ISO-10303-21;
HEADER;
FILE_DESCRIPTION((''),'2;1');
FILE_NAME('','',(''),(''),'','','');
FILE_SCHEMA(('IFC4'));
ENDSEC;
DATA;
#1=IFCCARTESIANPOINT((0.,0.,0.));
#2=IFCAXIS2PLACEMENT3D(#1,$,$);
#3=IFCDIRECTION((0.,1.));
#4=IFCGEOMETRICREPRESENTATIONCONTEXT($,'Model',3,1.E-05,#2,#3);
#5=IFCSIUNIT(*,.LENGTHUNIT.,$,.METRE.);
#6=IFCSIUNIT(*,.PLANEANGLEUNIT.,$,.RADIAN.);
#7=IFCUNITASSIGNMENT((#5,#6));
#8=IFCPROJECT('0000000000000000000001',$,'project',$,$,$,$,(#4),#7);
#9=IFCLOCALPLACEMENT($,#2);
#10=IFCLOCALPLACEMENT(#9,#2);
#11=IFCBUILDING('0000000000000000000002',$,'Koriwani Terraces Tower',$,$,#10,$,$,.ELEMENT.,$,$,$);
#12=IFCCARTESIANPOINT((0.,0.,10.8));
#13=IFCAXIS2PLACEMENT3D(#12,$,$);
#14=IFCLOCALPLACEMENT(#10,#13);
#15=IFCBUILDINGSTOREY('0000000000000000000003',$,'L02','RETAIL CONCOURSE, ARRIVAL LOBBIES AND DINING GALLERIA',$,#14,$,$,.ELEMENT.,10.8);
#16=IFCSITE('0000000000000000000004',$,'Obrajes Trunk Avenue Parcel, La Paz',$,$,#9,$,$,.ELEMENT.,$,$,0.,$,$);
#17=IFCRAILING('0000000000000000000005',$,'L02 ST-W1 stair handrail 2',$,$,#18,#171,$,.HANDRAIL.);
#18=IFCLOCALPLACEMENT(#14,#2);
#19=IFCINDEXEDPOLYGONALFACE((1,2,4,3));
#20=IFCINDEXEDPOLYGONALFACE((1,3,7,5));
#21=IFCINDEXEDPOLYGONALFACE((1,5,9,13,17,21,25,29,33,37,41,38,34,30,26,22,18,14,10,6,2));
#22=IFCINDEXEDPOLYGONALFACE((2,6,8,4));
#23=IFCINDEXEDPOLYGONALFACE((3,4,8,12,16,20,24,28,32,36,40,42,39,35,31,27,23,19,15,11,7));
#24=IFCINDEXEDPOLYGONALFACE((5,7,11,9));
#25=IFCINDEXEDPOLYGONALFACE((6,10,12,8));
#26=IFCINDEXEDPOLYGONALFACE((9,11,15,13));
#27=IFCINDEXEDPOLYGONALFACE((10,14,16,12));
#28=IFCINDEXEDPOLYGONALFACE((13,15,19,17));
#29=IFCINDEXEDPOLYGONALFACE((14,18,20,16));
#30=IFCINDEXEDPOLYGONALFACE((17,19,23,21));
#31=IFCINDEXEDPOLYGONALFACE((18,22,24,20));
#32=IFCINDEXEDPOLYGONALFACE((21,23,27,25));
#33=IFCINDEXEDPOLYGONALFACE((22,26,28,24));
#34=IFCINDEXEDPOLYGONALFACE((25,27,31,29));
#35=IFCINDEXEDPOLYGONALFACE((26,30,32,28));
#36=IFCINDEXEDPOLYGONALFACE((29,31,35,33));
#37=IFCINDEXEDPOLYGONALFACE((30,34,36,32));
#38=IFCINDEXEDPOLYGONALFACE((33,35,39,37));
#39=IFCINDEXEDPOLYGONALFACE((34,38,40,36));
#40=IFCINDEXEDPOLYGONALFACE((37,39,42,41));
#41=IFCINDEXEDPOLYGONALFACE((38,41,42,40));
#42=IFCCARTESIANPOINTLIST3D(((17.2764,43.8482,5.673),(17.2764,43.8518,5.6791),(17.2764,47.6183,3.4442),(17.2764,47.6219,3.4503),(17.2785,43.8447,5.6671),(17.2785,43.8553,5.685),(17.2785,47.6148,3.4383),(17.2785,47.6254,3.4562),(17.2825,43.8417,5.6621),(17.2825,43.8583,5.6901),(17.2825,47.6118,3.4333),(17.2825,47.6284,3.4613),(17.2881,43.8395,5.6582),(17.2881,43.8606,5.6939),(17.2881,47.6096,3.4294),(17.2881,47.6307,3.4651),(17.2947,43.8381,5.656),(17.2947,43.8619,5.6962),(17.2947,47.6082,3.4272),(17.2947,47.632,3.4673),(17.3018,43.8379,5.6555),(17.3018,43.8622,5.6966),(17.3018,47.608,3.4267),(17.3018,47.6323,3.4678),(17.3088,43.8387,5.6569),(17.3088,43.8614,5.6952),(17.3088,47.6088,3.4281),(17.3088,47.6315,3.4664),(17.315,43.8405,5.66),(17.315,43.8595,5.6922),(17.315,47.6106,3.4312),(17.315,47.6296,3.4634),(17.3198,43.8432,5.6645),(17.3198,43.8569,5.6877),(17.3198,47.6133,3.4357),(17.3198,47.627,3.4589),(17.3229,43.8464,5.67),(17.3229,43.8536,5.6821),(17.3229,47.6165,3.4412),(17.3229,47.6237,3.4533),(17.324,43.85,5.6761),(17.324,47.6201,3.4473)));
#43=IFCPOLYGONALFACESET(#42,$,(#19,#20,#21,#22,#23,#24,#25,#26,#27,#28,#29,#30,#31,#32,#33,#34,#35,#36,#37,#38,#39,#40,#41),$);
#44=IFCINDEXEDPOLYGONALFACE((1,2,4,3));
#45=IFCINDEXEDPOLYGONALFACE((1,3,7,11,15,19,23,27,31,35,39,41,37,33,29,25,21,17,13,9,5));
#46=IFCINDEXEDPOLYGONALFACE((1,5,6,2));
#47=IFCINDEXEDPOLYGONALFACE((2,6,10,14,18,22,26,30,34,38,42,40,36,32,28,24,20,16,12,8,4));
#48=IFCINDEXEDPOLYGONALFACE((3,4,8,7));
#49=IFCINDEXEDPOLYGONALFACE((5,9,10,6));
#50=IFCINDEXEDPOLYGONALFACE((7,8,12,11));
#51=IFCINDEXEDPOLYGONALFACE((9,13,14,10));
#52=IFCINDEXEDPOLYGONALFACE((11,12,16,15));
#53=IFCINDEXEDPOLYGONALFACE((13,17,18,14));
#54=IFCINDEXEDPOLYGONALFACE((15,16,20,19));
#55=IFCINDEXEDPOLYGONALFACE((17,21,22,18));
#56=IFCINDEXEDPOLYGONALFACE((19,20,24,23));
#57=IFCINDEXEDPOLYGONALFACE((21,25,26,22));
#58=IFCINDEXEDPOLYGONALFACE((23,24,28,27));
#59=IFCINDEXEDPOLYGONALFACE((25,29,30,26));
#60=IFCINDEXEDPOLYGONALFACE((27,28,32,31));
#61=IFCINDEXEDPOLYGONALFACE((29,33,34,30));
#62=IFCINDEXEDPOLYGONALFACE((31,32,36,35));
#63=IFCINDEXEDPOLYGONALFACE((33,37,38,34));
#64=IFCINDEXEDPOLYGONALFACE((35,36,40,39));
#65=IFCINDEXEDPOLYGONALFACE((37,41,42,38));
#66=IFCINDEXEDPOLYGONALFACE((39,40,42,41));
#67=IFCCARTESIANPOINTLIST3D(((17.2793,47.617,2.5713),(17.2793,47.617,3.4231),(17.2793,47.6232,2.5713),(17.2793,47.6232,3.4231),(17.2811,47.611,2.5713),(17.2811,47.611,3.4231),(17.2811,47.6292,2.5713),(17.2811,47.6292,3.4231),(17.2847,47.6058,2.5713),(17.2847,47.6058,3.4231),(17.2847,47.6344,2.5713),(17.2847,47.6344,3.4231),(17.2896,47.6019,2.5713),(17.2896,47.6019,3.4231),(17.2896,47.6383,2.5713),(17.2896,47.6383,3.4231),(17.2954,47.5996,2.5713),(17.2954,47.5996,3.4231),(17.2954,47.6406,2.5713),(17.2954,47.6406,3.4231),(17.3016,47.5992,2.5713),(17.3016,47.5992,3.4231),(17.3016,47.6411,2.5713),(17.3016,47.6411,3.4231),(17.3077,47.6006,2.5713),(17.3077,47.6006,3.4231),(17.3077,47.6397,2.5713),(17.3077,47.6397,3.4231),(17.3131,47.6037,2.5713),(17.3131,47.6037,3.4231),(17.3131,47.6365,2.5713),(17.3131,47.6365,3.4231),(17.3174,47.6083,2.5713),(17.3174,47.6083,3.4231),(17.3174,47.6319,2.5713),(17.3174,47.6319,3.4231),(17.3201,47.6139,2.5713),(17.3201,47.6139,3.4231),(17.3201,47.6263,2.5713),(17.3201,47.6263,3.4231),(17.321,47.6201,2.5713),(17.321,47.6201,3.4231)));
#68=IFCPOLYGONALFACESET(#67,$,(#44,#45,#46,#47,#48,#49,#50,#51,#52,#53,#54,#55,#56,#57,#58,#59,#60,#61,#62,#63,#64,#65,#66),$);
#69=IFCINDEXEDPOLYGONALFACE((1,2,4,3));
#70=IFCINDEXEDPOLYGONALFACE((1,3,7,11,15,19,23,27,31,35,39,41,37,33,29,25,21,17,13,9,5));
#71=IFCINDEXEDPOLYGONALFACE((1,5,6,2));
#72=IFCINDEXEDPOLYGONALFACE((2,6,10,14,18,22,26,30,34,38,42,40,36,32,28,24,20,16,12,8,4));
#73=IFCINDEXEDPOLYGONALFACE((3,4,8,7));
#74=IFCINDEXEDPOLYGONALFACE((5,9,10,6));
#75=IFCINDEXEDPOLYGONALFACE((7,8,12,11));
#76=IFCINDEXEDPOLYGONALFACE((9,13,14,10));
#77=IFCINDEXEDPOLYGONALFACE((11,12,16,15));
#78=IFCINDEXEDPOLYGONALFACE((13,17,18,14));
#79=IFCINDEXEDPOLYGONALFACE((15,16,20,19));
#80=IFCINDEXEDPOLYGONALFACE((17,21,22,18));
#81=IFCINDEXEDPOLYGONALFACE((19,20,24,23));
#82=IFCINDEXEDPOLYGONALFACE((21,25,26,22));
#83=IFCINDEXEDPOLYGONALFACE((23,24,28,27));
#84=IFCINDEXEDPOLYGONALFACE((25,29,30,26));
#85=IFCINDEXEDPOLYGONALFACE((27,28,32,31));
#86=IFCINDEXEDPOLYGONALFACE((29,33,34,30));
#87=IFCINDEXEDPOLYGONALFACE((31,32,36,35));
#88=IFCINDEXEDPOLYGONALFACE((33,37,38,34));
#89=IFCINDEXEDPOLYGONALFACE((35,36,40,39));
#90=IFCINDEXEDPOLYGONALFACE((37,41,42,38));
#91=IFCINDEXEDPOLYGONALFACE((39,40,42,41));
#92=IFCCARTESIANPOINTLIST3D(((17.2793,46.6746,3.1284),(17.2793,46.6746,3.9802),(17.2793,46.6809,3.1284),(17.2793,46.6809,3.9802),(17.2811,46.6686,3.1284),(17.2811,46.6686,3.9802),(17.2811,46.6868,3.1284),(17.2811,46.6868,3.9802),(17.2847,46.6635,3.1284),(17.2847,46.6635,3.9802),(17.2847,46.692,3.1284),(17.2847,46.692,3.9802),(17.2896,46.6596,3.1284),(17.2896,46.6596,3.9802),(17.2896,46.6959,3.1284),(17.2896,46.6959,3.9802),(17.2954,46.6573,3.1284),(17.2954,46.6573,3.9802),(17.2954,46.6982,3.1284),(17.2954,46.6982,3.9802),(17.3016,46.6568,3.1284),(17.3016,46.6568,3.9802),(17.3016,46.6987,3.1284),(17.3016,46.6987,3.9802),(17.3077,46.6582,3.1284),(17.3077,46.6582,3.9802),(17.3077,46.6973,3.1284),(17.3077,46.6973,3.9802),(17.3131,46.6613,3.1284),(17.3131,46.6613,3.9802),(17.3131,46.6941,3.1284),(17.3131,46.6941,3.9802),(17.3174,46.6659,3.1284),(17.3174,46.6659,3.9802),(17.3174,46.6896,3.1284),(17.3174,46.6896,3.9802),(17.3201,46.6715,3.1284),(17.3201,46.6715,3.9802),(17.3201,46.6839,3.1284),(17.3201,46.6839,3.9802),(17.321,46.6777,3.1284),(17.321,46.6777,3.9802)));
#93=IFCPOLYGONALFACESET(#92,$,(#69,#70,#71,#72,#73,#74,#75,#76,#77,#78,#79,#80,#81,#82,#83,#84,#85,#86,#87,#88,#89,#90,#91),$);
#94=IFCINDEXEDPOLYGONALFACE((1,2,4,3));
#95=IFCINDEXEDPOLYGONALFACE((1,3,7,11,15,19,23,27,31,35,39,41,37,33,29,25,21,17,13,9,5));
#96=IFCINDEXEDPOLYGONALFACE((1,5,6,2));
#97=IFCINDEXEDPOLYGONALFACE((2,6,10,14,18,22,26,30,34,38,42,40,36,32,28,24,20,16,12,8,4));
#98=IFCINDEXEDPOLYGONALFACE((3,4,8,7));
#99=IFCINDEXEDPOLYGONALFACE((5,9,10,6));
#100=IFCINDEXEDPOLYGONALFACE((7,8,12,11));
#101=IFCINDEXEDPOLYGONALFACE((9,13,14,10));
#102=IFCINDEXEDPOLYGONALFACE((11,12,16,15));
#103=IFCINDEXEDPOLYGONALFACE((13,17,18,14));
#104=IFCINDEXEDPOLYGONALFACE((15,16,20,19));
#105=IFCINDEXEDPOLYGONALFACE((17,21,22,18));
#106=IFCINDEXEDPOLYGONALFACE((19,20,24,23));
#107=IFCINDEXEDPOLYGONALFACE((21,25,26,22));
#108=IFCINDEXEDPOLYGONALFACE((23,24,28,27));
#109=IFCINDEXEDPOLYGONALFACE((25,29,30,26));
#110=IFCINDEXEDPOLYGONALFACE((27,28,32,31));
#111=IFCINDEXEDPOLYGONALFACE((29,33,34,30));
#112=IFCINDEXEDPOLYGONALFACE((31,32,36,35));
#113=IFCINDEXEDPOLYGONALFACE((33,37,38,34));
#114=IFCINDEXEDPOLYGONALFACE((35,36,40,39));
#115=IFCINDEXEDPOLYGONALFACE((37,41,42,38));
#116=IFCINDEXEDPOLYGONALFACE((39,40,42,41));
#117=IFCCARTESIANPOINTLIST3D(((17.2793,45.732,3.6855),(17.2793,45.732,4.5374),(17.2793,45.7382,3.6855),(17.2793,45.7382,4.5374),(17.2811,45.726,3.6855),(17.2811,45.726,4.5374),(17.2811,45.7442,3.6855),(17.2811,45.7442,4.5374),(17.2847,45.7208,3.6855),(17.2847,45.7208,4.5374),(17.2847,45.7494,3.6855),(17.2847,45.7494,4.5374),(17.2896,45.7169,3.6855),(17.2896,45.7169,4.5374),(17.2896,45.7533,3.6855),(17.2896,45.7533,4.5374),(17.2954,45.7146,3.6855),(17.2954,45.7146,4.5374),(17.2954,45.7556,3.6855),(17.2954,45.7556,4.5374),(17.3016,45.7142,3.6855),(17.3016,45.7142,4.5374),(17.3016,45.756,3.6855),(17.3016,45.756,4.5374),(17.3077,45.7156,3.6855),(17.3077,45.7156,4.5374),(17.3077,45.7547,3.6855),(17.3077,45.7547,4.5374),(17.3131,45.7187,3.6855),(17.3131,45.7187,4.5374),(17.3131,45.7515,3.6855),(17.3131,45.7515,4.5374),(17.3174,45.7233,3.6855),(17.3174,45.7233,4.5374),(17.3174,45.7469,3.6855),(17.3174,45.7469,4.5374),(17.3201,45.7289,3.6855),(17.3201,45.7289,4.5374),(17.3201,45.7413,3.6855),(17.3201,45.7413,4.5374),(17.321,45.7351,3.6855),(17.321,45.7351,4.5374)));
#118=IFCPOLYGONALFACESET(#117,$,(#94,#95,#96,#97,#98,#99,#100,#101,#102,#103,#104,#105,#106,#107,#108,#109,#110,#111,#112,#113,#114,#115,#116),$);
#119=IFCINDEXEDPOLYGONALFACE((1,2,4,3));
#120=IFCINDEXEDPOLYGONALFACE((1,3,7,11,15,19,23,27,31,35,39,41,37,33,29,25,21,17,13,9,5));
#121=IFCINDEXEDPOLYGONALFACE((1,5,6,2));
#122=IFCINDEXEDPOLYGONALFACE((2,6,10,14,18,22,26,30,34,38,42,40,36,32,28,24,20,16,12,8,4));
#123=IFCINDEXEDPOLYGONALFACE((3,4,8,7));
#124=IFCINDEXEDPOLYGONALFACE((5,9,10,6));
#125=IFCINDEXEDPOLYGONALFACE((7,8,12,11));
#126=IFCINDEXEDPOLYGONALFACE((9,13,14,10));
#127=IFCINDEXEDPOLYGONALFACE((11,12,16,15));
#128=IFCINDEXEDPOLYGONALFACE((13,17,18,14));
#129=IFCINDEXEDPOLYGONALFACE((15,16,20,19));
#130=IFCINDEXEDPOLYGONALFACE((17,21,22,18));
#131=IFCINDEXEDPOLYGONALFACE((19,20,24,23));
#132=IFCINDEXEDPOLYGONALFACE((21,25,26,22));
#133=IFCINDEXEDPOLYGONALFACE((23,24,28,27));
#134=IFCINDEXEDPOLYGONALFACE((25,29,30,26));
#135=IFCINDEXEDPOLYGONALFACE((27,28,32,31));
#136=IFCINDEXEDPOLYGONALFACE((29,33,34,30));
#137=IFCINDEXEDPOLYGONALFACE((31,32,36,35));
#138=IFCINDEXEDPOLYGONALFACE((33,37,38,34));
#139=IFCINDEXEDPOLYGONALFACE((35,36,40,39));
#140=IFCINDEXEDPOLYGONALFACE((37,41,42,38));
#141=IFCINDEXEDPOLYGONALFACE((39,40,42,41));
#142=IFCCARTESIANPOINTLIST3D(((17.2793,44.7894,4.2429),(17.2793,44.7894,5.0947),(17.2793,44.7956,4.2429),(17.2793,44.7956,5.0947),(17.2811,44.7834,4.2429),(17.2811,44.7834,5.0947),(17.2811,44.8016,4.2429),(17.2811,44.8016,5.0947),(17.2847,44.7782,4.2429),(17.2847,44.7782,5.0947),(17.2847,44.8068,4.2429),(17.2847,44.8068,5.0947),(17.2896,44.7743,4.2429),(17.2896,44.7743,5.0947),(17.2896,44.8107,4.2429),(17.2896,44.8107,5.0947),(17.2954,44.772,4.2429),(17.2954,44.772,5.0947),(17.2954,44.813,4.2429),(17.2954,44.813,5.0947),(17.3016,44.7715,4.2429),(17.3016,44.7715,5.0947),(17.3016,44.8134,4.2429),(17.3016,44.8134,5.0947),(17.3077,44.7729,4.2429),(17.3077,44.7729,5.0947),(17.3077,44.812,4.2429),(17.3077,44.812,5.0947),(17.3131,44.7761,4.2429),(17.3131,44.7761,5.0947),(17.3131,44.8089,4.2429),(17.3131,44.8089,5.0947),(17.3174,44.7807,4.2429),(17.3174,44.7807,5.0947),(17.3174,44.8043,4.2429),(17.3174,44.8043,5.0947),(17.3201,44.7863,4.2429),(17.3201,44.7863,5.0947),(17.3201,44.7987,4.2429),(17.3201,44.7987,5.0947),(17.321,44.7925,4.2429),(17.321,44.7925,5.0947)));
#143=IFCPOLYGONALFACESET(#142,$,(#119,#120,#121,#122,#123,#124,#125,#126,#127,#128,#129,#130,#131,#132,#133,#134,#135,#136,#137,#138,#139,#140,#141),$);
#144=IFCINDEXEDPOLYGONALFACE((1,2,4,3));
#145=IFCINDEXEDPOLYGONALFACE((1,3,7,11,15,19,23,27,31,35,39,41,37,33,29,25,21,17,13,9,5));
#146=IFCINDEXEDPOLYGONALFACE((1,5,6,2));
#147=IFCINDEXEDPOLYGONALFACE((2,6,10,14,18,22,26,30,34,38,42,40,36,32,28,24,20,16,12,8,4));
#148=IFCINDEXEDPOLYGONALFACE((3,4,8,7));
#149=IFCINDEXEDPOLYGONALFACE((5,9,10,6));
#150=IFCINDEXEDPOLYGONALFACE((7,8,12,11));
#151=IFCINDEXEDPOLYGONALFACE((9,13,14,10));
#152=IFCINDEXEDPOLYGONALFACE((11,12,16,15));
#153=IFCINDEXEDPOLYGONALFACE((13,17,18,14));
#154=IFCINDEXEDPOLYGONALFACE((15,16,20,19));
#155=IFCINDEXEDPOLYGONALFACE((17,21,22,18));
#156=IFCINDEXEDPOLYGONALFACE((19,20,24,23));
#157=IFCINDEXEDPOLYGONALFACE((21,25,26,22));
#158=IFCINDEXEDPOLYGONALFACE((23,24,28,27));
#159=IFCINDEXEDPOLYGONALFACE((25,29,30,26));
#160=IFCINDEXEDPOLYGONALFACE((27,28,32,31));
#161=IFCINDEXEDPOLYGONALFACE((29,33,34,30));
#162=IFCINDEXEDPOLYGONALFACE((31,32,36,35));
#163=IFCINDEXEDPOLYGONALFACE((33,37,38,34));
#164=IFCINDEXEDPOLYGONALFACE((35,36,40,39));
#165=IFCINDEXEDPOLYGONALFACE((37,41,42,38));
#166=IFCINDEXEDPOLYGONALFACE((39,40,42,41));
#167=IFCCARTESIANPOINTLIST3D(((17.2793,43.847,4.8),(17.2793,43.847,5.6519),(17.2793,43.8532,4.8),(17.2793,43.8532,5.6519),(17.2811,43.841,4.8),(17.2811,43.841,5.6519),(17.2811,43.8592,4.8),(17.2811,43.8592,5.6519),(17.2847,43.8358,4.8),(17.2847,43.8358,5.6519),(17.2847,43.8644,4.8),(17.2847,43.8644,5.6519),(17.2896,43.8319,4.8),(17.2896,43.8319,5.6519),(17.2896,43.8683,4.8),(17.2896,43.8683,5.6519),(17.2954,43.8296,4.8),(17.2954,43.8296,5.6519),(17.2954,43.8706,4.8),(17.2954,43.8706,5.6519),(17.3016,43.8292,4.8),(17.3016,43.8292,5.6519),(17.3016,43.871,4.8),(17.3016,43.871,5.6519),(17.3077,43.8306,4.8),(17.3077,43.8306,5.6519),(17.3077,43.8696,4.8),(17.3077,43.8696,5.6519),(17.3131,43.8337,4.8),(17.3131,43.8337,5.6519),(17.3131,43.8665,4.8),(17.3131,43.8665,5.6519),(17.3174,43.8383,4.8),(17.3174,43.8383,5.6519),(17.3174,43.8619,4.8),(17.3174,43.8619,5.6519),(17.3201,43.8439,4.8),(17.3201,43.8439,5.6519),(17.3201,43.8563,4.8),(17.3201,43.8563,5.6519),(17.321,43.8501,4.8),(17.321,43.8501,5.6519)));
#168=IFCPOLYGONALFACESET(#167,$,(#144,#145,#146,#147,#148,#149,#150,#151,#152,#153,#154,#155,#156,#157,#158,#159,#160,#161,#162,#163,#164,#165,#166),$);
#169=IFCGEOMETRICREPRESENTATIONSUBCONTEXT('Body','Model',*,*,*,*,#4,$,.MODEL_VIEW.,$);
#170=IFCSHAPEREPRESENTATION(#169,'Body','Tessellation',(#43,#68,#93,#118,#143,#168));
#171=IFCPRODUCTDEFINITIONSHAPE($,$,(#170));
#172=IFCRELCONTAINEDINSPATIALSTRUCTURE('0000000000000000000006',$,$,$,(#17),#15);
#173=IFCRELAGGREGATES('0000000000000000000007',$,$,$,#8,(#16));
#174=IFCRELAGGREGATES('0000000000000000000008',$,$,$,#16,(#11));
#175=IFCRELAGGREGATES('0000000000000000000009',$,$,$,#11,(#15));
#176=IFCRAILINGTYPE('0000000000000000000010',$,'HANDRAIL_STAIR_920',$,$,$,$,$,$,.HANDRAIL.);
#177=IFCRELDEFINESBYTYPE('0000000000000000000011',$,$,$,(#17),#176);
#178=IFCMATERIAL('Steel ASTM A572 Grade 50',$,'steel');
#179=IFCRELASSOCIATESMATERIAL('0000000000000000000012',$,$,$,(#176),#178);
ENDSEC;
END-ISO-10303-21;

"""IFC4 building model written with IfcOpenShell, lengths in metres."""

from ifc_helpers import new_model, si_unit, direction, frame, origin, origin_2d, place, context, subcontext, project, spatial, circle, extrude, material, type_object, element, save


model = new_model("IFC4")

# Units and contexts
model_context = context("Model", 3, precision=1e-05, world=origin(), true_north=direction((0.0, 1.0)))
body_context = subcontext(model_context, "Body", "Model", "MODEL_VIEW")
ifc_project = project(units=[si_unit("LENGTHUNIT", "METRE"), si_unit("PLANEANGLEUNIT", "RADIAN")], contexts=[model_context])

# Site, building, storey
site_placement = place(None, origin())
site = spatial("IfcSite", under=ifc_project, at=site_placement, Name="Obrajes Trunk Avenue Parcel, La Paz", CompositionType="ELEMENT", RefElevation=0.0)
building_placement = place(site_placement, origin())
building = spatial("IfcBuilding", under=site, at=building_placement, Name="Koriwani Terraces Tower", CompositionType="ELEMENT")
storey_placement = place(building_placement, frame((0.0, 0.0, 10.8)))
storey = spatial("IfcBuildingStorey", under=building, at=storey_placement, Name="L02", Description="RETAIL CONCOURSE, ARRIVAL LOBBIES AND DINING GALLERIA", CompositionType="ELEMENT", Elevation=10.8)

# Shared definitions
ifc_material_1 = material(Name="Steel ASTM A572 Grade 50", Category="steel")

# Railing
railing_type_1 = type_object("IfcRailingType", Name="HANDRAIL_STAIR_920", PredefinedType="HANDRAIL", material=ifc_material_1)
railing_1_placement = place(storey_placement, frame((17.3, 47.6201, 2.5713)))
element("IfcRailing", 1, at=railing_1_placement, inside=storey, type_object=railing_type_1, Name="L02 ST-W1 stair handrail 2", PredefinedType="HANDRAIL", context=body_context, shape_type="SweptSolid", body=[
    extrude(circle(Radius=0.0239, at=origin_2d()), frame((0.0, 0.0, 0.876), z_axis=(0.0, -0.860824, 0.508902), x_axis=(1.0, 0.0, 0.0)), (0.0, 0.0, 1.0), 4.3796),
    extrude(circle(Radius=0.021, at=origin_2d()), origin(), (0.0, 0.0, 1.0), 0.8518),
    extrude(circle(Radius=0.021, at=origin_2d()), frame((0.0, -0.9424, 0.5571)), (0.0, 0.0, 1.0), 0.8518),
    extrude(circle(Radius=0.021, at=origin_2d()), frame((0.0, -1.885, 1.1143)), (0.0, 0.0, 1.0), 0.8518),
    extrude(circle(Radius=0.021, at=origin_2d()), frame((0.0, -2.8276, 1.6716)), (0.0, 0.0, 1.0), 0.8518),
    extrude(circle(Radius=0.021, at=origin_2d()), frame((0.0, -3.77, 2.2288)), (0.0, 0.0, 1.0), 0.8518),
])

save(model, "model.ifc")
